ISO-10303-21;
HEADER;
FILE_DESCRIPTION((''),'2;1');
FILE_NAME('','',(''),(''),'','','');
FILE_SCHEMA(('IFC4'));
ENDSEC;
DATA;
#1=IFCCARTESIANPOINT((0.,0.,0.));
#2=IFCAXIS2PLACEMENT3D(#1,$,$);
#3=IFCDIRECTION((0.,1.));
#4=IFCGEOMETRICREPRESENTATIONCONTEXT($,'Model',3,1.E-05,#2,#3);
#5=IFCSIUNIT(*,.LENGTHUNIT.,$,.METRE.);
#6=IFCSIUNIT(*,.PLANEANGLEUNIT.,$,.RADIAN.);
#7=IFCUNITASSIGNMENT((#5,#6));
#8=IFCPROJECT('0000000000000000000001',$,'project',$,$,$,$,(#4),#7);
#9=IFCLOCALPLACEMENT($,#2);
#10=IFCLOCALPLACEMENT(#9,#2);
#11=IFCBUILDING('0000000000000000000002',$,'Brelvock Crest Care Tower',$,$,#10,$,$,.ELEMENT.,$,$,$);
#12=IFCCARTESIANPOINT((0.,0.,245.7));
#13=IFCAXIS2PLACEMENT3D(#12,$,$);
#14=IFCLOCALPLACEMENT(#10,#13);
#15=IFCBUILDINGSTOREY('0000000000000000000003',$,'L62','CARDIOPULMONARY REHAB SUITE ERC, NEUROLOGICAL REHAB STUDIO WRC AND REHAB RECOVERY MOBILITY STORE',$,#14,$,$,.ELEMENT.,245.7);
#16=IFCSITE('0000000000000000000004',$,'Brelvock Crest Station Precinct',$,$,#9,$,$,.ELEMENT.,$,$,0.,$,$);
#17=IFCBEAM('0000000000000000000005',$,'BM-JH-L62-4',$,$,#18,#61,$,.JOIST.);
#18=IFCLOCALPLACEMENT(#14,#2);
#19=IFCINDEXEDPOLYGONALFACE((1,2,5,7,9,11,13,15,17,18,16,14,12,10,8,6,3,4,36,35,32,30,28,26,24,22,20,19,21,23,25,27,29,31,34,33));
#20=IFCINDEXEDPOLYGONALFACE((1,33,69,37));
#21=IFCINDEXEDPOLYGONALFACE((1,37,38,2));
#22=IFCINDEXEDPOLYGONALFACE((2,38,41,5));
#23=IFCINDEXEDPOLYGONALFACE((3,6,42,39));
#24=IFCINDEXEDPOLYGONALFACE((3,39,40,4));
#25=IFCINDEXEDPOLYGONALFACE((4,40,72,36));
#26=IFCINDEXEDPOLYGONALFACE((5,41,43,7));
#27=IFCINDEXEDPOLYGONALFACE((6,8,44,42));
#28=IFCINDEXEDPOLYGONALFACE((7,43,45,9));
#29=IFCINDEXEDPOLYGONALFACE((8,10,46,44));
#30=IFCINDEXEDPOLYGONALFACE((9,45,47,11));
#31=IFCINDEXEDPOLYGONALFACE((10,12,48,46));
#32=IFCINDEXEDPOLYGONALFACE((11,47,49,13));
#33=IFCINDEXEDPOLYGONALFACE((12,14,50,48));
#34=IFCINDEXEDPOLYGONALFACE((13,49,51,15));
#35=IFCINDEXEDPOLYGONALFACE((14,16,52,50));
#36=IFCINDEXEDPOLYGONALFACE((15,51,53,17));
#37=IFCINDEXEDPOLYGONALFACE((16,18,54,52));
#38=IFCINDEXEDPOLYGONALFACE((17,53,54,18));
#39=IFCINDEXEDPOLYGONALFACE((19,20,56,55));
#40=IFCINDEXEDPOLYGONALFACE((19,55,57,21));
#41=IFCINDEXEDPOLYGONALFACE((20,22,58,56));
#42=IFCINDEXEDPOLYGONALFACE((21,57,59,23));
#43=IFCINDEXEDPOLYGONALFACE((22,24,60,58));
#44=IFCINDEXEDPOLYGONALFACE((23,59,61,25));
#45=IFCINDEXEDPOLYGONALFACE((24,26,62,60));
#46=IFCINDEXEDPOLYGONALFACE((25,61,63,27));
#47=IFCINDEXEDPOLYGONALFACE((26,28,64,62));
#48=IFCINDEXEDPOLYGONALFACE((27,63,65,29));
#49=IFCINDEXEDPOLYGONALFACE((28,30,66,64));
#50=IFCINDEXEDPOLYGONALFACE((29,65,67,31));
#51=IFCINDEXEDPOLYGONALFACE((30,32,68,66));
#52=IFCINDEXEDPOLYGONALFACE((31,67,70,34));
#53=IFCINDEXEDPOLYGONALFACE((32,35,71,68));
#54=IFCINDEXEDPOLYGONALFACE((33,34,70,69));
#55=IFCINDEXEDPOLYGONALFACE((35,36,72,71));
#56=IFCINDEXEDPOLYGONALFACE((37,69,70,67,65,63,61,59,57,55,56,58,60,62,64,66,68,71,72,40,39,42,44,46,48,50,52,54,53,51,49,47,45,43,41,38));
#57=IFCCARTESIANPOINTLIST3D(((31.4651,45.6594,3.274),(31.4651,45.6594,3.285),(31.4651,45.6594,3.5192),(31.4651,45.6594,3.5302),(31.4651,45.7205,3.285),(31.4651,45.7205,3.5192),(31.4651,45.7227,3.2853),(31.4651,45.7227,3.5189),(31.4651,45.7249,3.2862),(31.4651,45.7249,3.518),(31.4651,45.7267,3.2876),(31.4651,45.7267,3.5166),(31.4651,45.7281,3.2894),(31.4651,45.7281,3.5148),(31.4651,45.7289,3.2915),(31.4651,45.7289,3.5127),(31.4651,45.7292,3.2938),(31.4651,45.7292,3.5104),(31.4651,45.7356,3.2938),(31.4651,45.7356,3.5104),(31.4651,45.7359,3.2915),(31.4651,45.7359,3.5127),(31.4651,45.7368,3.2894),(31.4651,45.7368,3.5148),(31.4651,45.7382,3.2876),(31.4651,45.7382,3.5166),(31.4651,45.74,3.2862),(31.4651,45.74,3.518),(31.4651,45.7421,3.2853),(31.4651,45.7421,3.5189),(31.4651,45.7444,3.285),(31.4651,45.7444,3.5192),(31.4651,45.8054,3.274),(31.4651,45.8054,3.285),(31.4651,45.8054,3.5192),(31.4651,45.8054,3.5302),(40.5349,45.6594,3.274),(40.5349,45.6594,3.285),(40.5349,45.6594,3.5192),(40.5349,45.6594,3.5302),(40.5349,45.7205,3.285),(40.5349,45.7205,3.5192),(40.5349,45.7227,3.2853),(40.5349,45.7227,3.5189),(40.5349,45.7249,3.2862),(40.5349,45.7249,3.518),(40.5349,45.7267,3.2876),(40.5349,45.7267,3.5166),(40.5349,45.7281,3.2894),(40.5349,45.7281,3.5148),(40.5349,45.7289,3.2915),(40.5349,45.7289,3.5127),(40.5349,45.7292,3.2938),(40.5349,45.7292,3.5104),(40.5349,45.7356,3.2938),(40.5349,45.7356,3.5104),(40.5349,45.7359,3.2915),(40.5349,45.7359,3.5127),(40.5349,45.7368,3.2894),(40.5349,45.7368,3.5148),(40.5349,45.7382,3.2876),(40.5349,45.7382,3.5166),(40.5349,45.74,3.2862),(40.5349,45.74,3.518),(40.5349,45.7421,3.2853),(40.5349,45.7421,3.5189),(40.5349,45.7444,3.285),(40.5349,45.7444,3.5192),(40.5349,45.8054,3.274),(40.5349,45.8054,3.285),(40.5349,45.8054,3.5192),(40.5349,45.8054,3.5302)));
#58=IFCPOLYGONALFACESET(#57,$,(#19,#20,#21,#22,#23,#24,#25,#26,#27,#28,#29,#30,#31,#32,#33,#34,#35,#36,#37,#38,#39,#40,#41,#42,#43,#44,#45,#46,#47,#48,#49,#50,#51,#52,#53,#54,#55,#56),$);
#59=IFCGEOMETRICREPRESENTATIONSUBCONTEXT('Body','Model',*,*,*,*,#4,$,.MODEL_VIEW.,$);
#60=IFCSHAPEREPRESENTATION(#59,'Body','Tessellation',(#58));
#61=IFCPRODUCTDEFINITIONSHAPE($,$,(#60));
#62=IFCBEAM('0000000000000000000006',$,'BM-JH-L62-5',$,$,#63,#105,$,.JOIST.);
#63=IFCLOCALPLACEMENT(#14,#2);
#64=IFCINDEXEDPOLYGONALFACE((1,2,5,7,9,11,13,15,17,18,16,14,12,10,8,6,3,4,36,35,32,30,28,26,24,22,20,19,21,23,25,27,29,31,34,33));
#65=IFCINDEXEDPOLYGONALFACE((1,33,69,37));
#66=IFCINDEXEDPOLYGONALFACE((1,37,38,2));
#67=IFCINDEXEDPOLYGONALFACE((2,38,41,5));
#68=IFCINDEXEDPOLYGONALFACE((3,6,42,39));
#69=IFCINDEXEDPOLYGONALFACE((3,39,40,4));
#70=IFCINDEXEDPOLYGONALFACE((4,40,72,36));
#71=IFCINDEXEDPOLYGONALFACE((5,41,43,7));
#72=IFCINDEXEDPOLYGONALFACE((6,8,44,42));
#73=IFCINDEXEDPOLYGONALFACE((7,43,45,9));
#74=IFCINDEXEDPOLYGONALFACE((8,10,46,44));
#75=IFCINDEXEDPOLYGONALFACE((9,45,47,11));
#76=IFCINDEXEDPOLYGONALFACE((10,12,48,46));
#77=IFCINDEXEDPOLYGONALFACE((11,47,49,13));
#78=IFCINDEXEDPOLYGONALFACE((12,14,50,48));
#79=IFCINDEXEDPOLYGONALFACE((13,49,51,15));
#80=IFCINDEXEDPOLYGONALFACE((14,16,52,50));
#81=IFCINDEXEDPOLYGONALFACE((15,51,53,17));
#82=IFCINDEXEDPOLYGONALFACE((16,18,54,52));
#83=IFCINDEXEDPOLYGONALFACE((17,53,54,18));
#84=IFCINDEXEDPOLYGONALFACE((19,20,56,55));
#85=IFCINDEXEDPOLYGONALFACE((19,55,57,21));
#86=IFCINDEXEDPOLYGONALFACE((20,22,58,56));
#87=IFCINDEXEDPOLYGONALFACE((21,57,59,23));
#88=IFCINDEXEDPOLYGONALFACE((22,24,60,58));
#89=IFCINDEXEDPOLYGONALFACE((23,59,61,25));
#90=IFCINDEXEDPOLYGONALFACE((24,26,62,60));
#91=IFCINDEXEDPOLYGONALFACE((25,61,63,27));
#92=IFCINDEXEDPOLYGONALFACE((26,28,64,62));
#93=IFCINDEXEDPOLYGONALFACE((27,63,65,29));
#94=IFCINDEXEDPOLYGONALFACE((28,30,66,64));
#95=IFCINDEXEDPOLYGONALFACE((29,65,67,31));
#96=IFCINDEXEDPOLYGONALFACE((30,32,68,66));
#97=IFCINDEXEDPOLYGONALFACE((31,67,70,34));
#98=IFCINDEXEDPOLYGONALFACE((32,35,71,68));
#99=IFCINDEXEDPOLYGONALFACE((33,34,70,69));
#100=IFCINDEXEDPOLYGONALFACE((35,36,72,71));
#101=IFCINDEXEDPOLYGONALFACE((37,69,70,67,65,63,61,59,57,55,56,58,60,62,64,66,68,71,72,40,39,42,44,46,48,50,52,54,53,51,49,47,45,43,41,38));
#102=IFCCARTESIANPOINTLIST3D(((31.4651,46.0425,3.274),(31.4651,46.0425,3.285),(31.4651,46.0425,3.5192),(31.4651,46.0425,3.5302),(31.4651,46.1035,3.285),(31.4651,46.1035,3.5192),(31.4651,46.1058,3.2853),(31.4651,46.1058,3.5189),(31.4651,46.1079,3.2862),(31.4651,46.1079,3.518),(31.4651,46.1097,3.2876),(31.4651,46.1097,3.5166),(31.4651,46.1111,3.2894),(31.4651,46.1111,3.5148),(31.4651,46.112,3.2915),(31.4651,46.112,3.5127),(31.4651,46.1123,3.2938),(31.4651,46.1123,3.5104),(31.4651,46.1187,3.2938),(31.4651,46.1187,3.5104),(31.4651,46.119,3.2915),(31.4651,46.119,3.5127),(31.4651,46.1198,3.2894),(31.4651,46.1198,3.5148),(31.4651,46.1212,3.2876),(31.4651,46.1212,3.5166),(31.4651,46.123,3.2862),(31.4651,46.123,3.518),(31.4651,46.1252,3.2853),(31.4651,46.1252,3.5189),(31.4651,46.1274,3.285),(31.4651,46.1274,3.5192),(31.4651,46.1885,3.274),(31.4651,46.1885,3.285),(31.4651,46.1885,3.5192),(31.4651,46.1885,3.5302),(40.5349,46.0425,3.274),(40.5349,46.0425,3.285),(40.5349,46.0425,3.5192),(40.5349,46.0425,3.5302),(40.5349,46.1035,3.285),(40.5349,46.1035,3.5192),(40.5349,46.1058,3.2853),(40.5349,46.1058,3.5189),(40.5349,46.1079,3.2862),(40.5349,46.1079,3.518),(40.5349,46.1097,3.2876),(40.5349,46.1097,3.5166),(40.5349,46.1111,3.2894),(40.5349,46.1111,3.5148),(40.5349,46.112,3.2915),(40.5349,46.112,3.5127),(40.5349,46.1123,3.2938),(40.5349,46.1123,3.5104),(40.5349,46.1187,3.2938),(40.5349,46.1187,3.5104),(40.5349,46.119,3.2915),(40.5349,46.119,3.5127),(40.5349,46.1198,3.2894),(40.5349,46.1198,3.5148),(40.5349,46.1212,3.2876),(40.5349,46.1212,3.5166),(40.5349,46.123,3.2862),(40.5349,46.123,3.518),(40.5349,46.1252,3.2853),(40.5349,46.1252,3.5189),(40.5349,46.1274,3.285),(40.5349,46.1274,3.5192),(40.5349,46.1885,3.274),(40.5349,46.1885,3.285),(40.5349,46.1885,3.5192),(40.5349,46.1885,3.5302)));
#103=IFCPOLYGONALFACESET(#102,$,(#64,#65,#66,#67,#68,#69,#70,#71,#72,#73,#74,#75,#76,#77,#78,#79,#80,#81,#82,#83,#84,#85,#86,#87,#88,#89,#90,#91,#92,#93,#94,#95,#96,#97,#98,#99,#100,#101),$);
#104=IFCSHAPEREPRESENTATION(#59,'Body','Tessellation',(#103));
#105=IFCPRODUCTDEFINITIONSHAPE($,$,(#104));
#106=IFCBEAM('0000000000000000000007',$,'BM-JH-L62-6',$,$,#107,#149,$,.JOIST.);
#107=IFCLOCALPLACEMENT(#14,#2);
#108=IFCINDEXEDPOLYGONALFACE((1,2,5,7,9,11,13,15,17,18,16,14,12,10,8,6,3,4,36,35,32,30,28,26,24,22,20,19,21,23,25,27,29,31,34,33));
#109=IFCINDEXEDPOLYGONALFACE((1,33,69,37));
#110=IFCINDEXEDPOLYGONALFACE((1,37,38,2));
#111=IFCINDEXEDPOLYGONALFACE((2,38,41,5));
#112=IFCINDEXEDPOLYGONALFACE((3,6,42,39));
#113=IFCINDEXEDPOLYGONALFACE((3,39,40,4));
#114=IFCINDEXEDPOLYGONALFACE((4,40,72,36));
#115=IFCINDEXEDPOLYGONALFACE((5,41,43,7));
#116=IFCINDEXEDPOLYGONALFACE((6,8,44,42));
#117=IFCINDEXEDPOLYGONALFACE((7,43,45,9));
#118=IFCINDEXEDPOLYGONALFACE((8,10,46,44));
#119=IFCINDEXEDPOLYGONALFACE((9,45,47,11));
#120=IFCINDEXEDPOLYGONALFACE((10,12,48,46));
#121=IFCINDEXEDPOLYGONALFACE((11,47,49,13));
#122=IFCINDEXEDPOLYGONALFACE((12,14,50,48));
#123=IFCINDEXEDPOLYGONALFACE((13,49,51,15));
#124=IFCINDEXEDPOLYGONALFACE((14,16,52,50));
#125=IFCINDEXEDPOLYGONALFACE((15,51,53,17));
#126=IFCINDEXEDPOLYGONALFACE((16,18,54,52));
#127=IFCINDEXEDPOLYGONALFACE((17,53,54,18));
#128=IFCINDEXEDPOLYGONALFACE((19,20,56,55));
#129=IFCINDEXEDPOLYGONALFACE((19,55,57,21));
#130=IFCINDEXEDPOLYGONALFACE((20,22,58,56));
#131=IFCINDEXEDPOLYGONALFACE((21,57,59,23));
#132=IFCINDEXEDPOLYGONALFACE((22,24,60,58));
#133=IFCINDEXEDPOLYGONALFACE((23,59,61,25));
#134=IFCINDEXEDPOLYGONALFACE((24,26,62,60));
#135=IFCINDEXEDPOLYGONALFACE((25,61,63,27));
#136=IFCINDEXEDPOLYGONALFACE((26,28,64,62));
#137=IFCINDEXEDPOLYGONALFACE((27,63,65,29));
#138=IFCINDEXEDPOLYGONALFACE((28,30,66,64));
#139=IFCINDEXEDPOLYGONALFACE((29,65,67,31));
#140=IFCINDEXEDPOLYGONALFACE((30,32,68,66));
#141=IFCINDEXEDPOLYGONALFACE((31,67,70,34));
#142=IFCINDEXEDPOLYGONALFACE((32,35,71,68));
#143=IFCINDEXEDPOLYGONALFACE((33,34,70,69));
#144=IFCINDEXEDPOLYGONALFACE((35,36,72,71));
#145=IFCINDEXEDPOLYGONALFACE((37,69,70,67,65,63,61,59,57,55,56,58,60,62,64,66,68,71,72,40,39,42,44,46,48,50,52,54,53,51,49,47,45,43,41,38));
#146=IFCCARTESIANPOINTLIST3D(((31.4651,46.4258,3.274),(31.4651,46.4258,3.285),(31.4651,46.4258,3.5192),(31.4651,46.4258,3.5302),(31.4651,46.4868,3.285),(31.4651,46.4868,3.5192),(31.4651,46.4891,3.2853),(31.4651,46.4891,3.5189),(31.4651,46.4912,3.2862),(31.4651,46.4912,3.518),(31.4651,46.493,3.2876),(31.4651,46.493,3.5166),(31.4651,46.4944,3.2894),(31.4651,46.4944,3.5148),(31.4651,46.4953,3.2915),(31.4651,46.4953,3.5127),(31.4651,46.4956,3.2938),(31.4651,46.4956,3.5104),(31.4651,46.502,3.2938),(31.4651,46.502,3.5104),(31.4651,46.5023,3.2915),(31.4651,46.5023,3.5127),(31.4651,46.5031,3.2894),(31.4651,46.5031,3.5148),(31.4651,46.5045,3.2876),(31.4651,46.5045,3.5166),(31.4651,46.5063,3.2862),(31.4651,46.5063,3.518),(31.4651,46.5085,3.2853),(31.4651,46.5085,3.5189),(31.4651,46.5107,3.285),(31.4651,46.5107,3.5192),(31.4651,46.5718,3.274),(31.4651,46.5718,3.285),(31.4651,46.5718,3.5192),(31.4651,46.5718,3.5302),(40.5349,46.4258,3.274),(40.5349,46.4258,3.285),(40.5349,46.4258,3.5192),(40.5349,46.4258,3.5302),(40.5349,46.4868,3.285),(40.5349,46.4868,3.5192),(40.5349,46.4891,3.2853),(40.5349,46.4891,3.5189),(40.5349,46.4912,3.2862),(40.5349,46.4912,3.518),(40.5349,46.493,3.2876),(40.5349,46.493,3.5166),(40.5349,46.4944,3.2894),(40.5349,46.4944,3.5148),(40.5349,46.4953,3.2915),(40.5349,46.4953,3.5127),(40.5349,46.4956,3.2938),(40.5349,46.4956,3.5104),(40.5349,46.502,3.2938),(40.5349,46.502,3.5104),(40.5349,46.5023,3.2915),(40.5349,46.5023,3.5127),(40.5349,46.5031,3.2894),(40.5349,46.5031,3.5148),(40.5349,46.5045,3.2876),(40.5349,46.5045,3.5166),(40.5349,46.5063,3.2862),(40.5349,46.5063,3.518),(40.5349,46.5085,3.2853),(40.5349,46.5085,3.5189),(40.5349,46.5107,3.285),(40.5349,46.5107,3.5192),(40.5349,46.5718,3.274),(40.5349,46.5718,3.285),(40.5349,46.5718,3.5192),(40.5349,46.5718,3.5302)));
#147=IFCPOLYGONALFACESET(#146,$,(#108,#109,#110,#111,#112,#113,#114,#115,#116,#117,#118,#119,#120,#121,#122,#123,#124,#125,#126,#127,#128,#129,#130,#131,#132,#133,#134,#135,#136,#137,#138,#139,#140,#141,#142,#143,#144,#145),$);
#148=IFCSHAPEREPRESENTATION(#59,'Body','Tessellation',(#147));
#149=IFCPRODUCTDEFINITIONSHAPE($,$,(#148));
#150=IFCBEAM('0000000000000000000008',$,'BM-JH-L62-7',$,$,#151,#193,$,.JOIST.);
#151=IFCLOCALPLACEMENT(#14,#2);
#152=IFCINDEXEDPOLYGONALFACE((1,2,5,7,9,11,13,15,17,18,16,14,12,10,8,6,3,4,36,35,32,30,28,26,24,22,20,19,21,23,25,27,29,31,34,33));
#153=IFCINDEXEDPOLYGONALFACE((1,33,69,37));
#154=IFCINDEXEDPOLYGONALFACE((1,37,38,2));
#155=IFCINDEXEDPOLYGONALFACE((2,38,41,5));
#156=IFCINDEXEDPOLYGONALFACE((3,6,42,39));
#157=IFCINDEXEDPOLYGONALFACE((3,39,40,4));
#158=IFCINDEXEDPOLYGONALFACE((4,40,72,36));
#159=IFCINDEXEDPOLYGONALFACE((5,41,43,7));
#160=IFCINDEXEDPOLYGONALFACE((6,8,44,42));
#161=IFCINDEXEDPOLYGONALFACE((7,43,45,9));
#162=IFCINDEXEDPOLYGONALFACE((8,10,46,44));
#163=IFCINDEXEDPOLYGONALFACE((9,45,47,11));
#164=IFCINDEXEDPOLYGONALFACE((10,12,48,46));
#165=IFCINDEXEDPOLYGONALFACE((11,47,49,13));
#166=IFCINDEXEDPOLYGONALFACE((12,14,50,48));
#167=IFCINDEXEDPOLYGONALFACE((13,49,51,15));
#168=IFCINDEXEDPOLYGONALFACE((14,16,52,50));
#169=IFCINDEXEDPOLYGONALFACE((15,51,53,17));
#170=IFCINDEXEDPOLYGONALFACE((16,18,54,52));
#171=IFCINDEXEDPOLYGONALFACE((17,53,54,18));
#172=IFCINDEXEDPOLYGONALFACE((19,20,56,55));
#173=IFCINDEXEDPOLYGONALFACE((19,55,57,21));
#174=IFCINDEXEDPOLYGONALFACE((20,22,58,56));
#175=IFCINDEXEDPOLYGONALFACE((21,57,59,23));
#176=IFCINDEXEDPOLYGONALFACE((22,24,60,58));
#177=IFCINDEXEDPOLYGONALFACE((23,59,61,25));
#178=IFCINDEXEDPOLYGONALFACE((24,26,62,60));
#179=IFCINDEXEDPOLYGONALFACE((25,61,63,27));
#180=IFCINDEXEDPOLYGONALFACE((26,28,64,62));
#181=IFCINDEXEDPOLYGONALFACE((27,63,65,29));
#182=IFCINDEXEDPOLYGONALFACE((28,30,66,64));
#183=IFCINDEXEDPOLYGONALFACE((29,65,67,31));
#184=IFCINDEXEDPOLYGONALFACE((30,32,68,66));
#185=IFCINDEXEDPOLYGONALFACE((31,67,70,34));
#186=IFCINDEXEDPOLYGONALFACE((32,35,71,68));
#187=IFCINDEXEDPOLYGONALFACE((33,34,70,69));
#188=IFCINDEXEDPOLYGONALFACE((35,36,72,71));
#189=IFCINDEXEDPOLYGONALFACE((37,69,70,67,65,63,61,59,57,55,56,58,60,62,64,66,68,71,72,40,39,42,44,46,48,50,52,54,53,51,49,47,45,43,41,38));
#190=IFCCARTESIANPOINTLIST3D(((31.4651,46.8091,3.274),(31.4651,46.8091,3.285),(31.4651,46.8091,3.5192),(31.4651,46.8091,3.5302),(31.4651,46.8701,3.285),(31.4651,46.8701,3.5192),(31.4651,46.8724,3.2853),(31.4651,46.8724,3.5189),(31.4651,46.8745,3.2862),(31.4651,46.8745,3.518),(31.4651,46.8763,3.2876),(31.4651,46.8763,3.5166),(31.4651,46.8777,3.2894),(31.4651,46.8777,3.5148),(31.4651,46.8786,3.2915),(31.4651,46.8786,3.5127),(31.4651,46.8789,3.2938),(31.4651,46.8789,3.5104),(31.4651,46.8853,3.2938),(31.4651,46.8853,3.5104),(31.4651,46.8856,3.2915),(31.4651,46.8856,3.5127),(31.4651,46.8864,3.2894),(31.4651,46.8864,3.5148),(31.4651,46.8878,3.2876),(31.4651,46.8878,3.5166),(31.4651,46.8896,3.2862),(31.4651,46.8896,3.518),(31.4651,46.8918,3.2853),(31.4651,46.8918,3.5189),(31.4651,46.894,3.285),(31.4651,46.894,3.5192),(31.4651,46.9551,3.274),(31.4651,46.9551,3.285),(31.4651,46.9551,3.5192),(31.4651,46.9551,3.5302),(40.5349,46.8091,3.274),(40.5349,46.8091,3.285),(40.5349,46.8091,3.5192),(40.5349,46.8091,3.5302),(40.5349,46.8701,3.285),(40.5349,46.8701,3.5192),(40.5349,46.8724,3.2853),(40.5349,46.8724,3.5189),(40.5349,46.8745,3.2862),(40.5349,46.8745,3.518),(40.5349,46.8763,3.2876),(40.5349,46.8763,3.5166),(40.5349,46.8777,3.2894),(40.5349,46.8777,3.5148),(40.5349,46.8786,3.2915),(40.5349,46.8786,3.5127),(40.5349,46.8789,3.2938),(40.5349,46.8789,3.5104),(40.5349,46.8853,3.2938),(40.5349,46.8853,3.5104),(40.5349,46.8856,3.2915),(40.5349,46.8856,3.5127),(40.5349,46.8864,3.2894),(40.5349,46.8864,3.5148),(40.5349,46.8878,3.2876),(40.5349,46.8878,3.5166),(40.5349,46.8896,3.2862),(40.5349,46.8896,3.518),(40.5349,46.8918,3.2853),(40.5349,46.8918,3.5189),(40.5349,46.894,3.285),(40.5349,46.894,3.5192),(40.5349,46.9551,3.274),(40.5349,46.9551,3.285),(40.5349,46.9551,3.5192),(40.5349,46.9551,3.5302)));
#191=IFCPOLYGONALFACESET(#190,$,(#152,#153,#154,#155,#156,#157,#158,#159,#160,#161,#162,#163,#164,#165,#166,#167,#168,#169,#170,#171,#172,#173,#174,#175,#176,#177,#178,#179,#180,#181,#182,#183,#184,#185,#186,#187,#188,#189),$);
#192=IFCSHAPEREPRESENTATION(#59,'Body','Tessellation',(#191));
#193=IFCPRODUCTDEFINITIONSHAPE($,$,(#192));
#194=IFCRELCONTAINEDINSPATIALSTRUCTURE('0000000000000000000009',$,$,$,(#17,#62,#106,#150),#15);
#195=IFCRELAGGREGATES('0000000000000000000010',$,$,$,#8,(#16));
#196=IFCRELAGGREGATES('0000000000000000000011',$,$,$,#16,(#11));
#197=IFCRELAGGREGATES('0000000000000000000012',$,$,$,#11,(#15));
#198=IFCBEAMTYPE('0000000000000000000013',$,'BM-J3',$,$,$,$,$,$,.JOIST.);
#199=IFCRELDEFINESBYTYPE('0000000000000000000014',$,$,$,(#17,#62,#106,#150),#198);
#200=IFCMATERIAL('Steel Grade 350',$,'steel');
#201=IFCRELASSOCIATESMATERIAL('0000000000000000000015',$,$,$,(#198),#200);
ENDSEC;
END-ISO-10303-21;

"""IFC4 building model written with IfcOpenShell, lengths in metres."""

from ifc_helpers import new_model, si_unit, direction, frame, origin, origin_2d, place, context, subcontext, project, spatial, i_section, extrude, source, transform, mapped, material, material_profile, profile_set, type_object, element, save


model = new_model("IFC4")

# Units and contexts
model_context = context("Model", 3, precision=1e-05, world=origin(), true_north=direction((0.0, 1.0)))
body_context = subcontext(model_context, "Body", "Model", "MODEL_VIEW")
ifc_project = project(units=[si_unit("LENGTHUNIT", "METRE"), si_unit("PLANEANGLEUNIT", "RADIAN")], contexts=[model_context])

# Site, building, storey
site_placement = place(None, origin())
site = spatial("IfcSite", under=ifc_project, at=site_placement, Name="Brelvock Crest Station Precinct", CompositionType="ELEMENT", RefElevation=0.0)
building_placement = place(site_placement, origin())
building = spatial("IfcBuilding", under=site, at=building_placement, Name="Brelvock Crest Care Tower", CompositionType="ELEMENT")
storey_placement = place(building_placement, frame((0.0, 0.0, 245.7)))
storey = spatial("IfcBuildingStorey", under=building, at=storey_placement, Name="L62", Description="CARDIOPULMONARY REHAB SUITE ERC, NEUROLOGICAL REHAB STUDIO WRC AND REHAB RECOVERY MOBILITY STORE", CompositionType="ELEMENT", Elevation=245.7)

# Beams
ifc_material_1 = material(Name="Steel Grade 350", Category="steel")
ifc_material_profile_1 = material_profile(ifc_material_1, i_section(OverallWidth=0.146, OverallDepth=0.2561, WebThickness=0.0063, FlangeThickness=0.011, FilletRadius=0.0088, at=origin_2d()), Name="250UB37.3")
ifc_profile_set_1 = profile_set([ifc_material_profile_1], Name="Steel Grade 350")
beam_type_1 = type_object("IfcBeamType", Name="BM-J3", PredefinedType="JOIST", material=ifc_profile_set_1)
shared_shape_1 = source(origin(), body_context, "Body", "SweptSolid", [
    extrude(i_section(OverallWidth=0.146, OverallDepth=0.2561, WebThickness=0.0063, FlangeThickness=0.011, FilletRadius=0.0088, at=origin_2d()), origin(), (0.0, 0.0, 1.0), 9.0698),
])
for number, where, z_axis, x_axis, name in (
    (1, (31.4651, 45.7324, 3.4021), (1.0, 0.0, 0.0), (0.0, 1.0, 0.0), "BM-JH-L62-4"),
    (2, (31.4651, 46.1155, 3.4021), (1.0, 0.0, 0.0), (0.0, 1.0, 0.0), "BM-JH-L62-5"),
    (3, (31.4651, 46.4988, 3.4021), (1.0, 0.0, 0.0), (0.0, 1.0, 0.0), "BM-JH-L62-6"),
    (4, (31.4651, 46.8821, 3.4021), (1.0, 0.0, 0.0), (0.0, 1.0, 0.0), "BM-JH-L62-7"),
):
    element("IfcBeam", number, at=place(storey_placement, frame(where, z_axis=z_axis, x_axis=x_axis)), inside=storey, type_object=beam_type_1, Name=name, PredefinedType="JOIST", context=body_context, shape_type="MappedRepresentation", body=[
        mapped(shared_shape_1, transform((0.0, 0.0, 0.0), x_axis=(1.0, 0.0, 0.0), y_axis=(0.0, 1.0, 0.0), z_axis=(0.0, 0.0, 1.0), scale=1.0)),
    ])

save(model, "model.ifc")
